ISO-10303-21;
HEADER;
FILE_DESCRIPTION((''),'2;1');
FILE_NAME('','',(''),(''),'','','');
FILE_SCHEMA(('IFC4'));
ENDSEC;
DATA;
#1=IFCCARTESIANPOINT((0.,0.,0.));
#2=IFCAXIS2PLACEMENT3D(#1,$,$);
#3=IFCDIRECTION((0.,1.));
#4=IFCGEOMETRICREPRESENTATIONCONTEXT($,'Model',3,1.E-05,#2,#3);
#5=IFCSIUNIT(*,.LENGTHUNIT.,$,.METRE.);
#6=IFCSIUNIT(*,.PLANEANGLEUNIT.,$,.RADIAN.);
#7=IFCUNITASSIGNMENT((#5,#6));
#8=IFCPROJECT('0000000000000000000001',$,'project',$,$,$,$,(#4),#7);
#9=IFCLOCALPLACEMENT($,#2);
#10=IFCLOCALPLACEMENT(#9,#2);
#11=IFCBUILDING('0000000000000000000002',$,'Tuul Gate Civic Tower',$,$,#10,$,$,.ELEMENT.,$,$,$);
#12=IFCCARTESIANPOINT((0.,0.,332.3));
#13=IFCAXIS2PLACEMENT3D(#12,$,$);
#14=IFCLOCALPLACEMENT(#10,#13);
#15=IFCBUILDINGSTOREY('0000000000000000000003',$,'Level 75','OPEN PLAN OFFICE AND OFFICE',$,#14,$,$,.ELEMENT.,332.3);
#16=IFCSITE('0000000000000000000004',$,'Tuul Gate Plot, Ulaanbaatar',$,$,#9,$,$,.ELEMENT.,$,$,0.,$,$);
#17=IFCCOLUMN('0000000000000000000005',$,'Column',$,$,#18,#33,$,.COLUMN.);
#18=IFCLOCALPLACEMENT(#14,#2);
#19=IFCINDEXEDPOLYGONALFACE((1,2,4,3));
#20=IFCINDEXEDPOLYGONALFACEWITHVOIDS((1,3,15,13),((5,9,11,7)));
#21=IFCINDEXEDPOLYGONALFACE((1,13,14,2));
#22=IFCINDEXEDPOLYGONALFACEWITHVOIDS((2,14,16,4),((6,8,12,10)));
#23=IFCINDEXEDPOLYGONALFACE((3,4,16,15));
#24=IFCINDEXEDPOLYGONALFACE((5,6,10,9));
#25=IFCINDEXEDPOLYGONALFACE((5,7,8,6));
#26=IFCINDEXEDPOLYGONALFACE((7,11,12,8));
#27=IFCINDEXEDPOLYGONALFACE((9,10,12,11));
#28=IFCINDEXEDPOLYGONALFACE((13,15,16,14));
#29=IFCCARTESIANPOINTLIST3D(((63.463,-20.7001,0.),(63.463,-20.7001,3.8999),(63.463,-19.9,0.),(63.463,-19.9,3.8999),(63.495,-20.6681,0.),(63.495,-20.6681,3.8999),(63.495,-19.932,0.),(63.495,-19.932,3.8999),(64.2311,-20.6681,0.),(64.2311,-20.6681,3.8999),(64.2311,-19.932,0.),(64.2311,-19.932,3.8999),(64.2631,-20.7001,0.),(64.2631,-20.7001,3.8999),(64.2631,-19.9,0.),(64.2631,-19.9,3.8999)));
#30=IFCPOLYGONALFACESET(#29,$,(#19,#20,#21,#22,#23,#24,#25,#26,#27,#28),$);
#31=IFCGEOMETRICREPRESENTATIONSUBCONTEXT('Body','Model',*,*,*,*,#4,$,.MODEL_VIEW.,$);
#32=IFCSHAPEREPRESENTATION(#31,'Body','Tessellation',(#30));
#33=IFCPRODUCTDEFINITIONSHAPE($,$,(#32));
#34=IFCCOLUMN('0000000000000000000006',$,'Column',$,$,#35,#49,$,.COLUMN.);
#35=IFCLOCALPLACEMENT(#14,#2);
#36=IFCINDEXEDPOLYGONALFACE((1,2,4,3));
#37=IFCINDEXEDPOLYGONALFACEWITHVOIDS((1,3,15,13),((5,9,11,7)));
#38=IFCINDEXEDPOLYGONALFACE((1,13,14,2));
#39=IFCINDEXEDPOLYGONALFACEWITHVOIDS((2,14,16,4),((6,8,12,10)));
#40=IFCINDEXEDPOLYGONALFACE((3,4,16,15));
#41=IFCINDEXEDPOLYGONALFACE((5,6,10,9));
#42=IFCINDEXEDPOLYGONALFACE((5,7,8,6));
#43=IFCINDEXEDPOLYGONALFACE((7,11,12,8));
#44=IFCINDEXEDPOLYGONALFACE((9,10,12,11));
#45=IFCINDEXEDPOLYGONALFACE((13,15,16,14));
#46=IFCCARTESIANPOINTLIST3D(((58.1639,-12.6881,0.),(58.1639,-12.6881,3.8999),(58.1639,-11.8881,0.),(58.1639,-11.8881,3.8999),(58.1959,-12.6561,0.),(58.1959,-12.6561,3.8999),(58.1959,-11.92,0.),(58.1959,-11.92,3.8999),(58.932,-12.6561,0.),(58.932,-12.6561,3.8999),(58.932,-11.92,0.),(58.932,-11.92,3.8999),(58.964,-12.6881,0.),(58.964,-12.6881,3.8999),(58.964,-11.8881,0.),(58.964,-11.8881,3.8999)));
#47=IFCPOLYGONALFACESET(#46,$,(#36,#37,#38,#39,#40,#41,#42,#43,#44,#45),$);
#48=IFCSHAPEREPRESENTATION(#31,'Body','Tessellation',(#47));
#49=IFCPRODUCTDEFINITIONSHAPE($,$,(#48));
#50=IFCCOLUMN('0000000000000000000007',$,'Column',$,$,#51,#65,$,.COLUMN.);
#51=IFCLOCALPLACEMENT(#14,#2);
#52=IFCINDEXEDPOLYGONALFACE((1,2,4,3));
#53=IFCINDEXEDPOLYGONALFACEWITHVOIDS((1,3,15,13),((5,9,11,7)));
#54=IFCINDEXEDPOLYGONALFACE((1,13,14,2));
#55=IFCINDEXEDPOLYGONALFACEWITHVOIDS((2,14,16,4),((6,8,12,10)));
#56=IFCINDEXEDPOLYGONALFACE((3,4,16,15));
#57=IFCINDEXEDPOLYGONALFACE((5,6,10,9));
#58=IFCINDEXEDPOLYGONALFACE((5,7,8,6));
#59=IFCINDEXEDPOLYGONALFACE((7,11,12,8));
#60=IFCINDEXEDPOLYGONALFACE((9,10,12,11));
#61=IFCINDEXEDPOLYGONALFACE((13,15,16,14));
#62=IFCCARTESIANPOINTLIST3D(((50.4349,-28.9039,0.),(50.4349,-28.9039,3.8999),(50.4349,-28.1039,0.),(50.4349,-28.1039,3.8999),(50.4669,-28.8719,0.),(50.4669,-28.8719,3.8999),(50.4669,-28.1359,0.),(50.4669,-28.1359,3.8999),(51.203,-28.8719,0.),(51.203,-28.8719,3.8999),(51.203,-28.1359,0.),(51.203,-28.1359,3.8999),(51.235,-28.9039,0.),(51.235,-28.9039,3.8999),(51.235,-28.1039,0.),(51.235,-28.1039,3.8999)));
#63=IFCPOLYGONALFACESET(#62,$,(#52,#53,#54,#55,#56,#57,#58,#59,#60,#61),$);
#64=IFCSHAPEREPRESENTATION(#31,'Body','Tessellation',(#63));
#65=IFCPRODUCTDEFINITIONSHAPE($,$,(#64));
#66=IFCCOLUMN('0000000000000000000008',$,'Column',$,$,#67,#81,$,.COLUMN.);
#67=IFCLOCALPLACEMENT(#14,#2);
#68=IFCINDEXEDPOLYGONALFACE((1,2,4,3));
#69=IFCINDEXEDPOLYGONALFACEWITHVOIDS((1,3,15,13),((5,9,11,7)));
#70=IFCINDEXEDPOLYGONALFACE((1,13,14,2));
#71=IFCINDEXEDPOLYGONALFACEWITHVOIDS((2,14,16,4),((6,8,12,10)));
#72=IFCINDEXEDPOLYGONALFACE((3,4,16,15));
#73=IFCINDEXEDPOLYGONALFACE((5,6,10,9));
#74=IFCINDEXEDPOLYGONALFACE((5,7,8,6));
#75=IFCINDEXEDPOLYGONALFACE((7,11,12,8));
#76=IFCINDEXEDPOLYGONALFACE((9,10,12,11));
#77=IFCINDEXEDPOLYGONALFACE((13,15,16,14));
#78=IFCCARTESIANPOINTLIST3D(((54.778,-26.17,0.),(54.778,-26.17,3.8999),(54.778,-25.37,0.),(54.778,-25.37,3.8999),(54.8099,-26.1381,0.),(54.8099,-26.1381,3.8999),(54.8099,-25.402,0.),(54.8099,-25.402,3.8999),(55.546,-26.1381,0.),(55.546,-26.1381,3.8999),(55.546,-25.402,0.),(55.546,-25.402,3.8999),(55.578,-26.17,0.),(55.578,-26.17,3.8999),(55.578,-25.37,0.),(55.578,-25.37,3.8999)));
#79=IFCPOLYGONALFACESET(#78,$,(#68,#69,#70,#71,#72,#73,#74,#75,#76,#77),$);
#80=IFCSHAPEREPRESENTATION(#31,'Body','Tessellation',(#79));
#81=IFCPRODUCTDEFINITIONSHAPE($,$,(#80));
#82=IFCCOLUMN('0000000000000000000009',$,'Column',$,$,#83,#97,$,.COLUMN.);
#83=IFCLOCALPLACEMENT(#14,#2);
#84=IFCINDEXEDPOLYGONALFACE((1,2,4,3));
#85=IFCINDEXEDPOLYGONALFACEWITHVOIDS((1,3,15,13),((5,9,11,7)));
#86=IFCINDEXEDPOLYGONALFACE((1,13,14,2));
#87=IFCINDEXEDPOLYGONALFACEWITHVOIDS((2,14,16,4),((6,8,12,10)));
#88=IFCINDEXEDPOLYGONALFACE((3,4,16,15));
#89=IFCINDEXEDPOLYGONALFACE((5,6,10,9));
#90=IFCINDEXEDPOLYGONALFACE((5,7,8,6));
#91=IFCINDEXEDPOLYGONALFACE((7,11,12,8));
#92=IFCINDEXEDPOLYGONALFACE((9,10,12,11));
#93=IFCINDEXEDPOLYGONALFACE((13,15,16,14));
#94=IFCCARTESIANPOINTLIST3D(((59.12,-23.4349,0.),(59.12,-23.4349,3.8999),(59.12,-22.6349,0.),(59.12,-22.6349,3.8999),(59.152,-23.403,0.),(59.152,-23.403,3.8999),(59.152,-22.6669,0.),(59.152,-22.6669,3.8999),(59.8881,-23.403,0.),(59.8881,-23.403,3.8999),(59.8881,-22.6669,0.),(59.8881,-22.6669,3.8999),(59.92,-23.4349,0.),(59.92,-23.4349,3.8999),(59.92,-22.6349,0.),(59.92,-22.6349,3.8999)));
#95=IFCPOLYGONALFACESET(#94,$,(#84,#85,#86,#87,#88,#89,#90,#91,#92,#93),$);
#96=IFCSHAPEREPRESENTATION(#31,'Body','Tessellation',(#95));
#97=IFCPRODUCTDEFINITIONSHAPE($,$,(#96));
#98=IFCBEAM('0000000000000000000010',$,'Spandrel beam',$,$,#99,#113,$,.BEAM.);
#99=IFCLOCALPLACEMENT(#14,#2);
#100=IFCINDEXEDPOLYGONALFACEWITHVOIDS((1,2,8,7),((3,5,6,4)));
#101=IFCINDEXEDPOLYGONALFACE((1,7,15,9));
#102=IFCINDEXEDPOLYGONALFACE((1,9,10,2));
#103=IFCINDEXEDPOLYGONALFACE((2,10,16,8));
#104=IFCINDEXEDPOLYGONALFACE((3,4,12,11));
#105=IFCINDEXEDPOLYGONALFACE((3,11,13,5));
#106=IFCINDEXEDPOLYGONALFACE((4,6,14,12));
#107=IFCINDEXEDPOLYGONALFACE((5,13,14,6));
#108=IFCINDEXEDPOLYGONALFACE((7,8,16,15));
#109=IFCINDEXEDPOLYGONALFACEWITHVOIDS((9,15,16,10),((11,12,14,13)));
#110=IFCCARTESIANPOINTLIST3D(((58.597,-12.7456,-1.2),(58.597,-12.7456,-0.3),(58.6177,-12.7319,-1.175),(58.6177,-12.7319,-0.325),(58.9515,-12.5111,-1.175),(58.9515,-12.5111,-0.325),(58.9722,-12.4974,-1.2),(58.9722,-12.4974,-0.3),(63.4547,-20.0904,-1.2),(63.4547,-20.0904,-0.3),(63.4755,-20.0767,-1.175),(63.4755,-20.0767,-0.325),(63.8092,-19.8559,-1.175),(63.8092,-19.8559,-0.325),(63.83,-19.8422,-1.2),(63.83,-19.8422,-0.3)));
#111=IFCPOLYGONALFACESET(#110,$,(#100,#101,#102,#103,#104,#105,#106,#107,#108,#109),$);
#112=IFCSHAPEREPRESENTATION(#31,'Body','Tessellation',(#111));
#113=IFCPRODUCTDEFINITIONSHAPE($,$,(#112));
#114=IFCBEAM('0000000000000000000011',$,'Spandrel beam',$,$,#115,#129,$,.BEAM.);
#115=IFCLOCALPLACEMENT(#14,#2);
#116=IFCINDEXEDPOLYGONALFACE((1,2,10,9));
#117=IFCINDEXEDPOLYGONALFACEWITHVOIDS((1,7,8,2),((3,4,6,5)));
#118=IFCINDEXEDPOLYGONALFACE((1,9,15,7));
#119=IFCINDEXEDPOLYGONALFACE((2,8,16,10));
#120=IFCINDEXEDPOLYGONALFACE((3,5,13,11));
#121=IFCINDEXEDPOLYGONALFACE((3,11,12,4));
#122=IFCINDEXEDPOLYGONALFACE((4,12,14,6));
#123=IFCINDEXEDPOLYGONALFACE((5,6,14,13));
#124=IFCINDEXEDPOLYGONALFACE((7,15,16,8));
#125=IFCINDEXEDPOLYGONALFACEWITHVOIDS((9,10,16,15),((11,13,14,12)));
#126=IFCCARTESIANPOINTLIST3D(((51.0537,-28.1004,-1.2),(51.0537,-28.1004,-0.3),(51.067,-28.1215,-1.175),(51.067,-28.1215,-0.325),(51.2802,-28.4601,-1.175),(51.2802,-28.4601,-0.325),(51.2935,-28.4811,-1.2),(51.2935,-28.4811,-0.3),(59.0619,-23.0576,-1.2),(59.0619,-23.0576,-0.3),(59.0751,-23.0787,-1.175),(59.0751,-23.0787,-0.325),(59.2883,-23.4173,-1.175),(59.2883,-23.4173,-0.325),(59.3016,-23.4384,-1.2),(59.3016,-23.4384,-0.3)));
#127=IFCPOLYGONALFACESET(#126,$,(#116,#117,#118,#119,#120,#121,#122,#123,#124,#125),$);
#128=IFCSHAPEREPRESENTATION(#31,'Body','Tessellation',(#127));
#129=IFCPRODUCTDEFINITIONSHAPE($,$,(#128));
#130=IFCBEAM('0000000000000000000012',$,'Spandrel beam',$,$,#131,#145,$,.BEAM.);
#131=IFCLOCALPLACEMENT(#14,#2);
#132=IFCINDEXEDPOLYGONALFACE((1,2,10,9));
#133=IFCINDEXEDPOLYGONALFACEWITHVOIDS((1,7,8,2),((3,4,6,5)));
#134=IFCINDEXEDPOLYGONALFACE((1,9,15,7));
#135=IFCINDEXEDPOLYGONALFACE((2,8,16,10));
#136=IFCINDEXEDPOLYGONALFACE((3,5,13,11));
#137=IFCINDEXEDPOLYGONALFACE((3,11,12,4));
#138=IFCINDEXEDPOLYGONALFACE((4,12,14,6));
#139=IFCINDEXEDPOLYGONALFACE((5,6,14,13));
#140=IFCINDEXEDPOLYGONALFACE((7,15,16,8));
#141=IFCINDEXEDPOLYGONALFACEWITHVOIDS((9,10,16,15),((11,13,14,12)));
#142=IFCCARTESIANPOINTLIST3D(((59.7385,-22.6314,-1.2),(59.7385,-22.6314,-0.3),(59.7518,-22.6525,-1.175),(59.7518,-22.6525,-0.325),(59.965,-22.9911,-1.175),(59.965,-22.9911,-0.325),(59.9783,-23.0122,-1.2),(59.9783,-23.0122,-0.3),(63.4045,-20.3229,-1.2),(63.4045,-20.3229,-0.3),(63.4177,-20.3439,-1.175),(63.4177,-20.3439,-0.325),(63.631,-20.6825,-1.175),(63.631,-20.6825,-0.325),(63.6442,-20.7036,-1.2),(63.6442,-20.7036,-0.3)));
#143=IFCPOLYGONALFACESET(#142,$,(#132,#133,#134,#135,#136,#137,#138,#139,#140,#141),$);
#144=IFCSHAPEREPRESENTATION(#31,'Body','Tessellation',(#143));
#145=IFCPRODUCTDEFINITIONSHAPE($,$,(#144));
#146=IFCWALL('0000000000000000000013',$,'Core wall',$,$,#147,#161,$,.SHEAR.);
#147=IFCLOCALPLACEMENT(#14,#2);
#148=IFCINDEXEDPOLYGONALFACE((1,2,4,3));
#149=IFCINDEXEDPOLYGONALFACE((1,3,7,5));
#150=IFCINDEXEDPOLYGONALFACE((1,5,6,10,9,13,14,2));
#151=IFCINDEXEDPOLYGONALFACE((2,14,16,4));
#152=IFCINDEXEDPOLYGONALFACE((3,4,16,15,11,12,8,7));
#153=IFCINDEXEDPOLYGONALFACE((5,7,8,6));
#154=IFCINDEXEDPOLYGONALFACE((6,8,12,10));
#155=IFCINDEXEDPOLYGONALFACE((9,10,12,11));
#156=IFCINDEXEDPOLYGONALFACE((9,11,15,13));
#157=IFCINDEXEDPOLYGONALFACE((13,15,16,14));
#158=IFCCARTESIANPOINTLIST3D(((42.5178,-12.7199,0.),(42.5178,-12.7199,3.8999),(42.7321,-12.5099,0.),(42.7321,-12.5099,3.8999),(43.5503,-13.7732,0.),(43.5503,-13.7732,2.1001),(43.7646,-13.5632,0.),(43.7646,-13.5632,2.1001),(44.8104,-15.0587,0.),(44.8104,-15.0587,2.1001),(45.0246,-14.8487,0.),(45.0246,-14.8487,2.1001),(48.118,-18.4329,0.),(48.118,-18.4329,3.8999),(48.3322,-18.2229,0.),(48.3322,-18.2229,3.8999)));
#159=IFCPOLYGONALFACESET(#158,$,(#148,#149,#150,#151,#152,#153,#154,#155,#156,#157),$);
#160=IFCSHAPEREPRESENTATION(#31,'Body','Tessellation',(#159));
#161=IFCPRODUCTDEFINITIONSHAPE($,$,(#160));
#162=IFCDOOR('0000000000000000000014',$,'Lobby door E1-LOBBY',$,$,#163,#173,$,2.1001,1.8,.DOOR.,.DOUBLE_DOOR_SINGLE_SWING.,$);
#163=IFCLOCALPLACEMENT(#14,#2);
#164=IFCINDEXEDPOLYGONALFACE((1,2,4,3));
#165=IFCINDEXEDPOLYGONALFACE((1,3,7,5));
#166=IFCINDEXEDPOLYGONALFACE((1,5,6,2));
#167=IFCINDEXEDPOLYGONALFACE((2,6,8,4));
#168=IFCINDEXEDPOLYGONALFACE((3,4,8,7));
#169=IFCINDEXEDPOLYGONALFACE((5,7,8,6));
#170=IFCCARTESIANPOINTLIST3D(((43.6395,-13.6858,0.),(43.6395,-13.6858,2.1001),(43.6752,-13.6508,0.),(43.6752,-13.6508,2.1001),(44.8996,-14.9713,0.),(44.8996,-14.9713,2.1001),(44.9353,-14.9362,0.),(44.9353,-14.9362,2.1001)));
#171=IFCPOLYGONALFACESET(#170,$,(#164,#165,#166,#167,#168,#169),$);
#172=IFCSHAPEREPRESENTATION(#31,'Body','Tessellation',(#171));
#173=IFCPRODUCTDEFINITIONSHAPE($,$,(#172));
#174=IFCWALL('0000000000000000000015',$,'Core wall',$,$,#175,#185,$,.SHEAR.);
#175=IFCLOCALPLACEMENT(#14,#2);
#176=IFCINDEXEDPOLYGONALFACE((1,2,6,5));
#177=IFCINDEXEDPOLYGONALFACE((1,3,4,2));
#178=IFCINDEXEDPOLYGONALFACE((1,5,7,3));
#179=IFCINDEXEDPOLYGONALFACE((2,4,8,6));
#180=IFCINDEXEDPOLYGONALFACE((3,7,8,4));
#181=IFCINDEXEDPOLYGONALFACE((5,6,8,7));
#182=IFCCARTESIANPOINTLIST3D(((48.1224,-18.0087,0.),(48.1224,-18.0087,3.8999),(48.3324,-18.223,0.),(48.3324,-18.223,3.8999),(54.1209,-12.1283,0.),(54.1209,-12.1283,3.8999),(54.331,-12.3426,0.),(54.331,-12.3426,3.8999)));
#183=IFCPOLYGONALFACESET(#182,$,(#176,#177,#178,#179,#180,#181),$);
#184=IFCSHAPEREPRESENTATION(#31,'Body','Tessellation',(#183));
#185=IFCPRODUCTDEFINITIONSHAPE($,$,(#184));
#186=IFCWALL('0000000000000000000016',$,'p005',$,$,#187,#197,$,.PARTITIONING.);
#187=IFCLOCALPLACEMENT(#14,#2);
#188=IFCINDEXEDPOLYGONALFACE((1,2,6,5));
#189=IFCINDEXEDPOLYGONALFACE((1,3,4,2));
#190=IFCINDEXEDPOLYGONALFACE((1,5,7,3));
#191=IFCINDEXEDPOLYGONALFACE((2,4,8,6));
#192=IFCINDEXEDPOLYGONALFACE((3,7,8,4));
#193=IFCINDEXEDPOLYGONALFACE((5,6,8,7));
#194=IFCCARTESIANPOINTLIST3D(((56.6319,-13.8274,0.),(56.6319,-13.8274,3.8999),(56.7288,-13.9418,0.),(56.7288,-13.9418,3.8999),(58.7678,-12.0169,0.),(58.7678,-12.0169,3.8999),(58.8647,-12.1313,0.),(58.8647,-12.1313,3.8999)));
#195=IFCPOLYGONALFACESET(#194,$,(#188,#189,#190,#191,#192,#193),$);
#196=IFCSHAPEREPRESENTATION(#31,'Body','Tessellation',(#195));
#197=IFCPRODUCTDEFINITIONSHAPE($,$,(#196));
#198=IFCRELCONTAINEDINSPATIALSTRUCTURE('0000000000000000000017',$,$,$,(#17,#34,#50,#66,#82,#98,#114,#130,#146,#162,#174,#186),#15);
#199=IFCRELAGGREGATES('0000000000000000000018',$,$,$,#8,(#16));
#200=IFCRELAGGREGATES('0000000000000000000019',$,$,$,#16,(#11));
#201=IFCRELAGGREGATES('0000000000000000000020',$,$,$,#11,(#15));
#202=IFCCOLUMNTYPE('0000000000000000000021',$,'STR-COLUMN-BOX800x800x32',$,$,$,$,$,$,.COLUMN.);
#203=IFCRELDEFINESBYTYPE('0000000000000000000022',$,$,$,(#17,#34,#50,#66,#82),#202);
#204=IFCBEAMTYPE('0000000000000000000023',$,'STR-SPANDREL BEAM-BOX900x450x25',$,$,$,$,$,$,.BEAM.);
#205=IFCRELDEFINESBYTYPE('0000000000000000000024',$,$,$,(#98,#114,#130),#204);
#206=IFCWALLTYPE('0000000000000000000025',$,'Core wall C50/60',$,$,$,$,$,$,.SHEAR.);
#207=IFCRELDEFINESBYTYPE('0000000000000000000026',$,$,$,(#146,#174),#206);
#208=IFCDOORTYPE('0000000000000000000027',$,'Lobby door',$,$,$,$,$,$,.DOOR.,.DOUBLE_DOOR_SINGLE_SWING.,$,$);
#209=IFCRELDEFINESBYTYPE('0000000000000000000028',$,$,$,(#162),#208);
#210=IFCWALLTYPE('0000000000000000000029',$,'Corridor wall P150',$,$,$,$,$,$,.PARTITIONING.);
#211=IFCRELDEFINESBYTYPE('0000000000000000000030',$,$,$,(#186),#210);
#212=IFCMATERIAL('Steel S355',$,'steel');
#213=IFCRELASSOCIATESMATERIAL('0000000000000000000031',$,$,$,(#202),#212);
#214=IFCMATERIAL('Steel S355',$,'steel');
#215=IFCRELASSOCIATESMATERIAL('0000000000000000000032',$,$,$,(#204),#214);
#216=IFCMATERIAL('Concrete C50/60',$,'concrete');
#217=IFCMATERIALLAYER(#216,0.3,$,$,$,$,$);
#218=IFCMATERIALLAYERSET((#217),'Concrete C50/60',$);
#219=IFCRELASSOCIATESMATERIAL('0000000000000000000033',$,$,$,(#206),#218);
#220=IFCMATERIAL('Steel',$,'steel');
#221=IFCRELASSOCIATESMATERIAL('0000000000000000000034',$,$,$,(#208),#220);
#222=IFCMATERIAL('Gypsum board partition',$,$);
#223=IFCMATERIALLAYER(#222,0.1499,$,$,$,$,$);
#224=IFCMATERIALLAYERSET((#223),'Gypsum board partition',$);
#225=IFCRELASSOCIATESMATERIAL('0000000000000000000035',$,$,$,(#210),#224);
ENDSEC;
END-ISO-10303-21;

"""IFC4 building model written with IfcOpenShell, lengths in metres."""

from ifc_helpers import new_model, si_unit, direction, frame, frame_2d, origin, origin_2d, place, context, subcontext, project, spatial, rectangle, hollow_rectangle, extrude, material, layer, layer_set, material_profile, profile_set, type_object, element, fill, save


model = new_model("IFC4")

# Units and contexts
model_context = context("Model", 3, precision=1e-05, world=origin(), true_north=direction((0.0, 1.0)))
body_context = subcontext(model_context, "Body", "Model", "MODEL_VIEW")
ifc_project = project(units=[si_unit("LENGTHUNIT", "METRE"), si_unit("PLANEANGLEUNIT", "RADIAN")], contexts=[model_context])

# Site, building, storey
site_placement = place(None, origin())
site = spatial("IfcSite", under=ifc_project, at=site_placement, Name="Tuul Gate Plot, Ulaanbaatar", CompositionType="ELEMENT", RefElevation=0.0)
building_placement = place(site_placement, origin())
building = spatial("IfcBuilding", under=site, at=building_placement, Name="Tuul Gate Civic Tower", CompositionType="ELEMENT")
storey_placement = place(building_placement, frame((0.0, 0.0, 332.3)))
storey = spatial("IfcBuildingStorey", under=building, at=storey_placement, Name="Level 75", Description="OPEN PLAN OFFICE AND OFFICE", CompositionType="ELEMENT", Elevation=332.3)

# Columns
ifc_material_1 = material(Name="Steel S355", Category="steel")
ifc_material_profile_1 = material_profile(ifc_material_1, hollow_rectangle(XDim=0.8, YDim=0.8, WallThickness=0.032, at=origin_2d()), Name="BOX800x800x32")
ifc_profile_set_1 = profile_set([ifc_material_profile_1], Name="Steel S355")
column_type = type_object("IfcColumnType", Name="STR-COLUMN-BOX800x800x32", PredefinedType="COLUMN", material=ifc_profile_set_1)
for number, where, z_axis, x_axis, name in (
    (1, (63.863, -20.3, 0.0), (0.0, 0.0, 1.0), (1.0, 0.0, 0.0), "Column"),
    (2, (58.564, -12.2881, 0.0), (0.0, 0.0, 1.0), (1.0, 0.0, 0.0), "Column"),
    (3, (50.835, -28.5039, 0.0), (0.0, 0.0, 1.0), (1.0, 0.0, 0.0), "Column"),
    (4, (55.178, -25.77, 0.0), (0.0, 0.0, 1.0), (1.0, 0.0, 0.0), "Column"),
    (5, (59.52, -23.0349, 0.0), (0.0, 0.0, 1.0), (1.0, 0.0, 0.0), "Column"),
):
    element("IfcColumn", number, at=place(storey_placement, frame(where, z_axis=z_axis, x_axis=x_axis)), inside=storey, type_object=column_type, Name=name, PredefinedType="COLUMN", context=body_context, shape_type="SweptSolid", body=[
        extrude(hollow_rectangle(XDim=0.8, YDim=0.8, WallThickness=0.032, at=origin_2d()), origin(), (0.0, 0.0, 1.0), 3.8999),
    ])

# Beams
ifc_material_2 = material(Name="Steel S355", Category="steel")
ifc_material_profile_2 = material_profile(ifc_material_2, hollow_rectangle(XDim=0.45, YDim=0.8999, WallThickness=0.0249, at=origin_2d()), Name="BOX900x450x25")
ifc_profile_set_2 = profile_set([ifc_material_profile_2], Name="Steel S355")
beam_type = type_object("IfcBeamType", Name="STR-SPANDREL BEAM-BOX900x450x25", PredefinedType="BEAM", material=ifc_profile_set_2)
beam_1_placement = place(storey_placement, frame((63.6423, -19.9663, -0.75), z_axis=(-0.551645, 0.834079, 0.0), x_axis=(-0.834079, -0.551645, 0.0)))
element("IfcBeam", 6, at=beam_1_placement, inside=storey, type_object=beam_type, Name="Spandrel beam", PredefinedType="BEAM", context=body_context, shape_type="SweptSolid", body=[
    extrude(hollow_rectangle(XDim=0.45, YDim=0.8999, WallThickness=0.0249, at=origin_2d()), origin(), (0.0, 0.0, 1.0), 8.8059),
])
beam_2_placement = place(storey_placement, frame((51.1736, -28.2908, -0.75), z_axis=(0.846204, 0.53286, 0.0), x_axis=(-0.53286, 0.846204, 0.0)))
element("IfcBeam", 7, at=beam_2_placement, inside=storey, type_object=beam_type, Name="Spandrel beam", PredefinedType="BEAM", context=body_context, shape_type="SweptSolid", body=[
    extrude(hollow_rectangle(XDim=0.45, YDim=0.8999, WallThickness=0.0249, at=origin_2d()), origin(), (0.0, 0.0, 1.0), 9.4636),
])
beam_3_placement = place(storey_placement, frame((59.8584, -22.8218, -0.75), z_axis=(0.846195, 0.532873, 0.0), x_axis=(-0.532873, 0.846195, 0.0)))
element("IfcBeam", 8, at=beam_3_placement, inside=storey, type_object=beam_type, Name="Spandrel beam", PredefinedType="BEAM", context=body_context, shape_type="SweptSolid", body=[
    extrude(hollow_rectangle(XDim=0.45, YDim=0.8999, WallThickness=0.0249, at=origin_2d()), origin(), (0.0, 0.0, 1.0), 4.3323),
])

# Wall, opening, door
ifc_material_3 = material(Name="Concrete C50/60", Category="concrete")
ifc_layer_1 = layer(ifc_material_3, 0.3)
ifc_layer_set_1 = layer_set([ifc_layer_1], Name="Concrete C50/60")
wall_type_1 = type_object("IfcWallType", Name="Core wall C50/60", PredefinedType="SHEAR", material=ifc_layer_set_1)
wall_1_placement = place(storey_placement, frame((48.2251, -18.3279, 0.0), z_axis=(0.0, 0.0, 1.0), x_axis=(-0.700022, 0.714121, 0.0)))
wall_1 = element("IfcWall", 9, at=wall_1_placement, inside=storey, type_object=wall_type_1, Name="Core wall", PredefinedType="SHEAR", context=body_context, shape_type="SweptSolid", body=[
    extrude(rectangle(XDim=8.0, YDim=0.3, at=frame_2d((4.0, 0.0))), origin(), (0.0, 0.0, 1.0), 3.8999),
])
opening_1_placement = place(wall_1_placement, frame((4.7251, 0.0, 0.0)))
opening_1 = element("IfcOpeningElement", 10, at=opening_1_placement, cuts=wall_1, PredefinedType="OPENING", context=body_context, shape_type="SweptSolid", body=[
    extrude(rectangle(XDim=1.8, YDim=2.1001, at=frame_2d((0.8999, 1.05))), frame((0.0, 0.1602, 0.0), z_axis=(0.0, -1.0, 0.0), x_axis=(1.0, 0.0, 0.0)), (0.0, 0.0, 1.0), 0.3201),
])
ifc_material_4 = material(Name="Steel", Category="steel")
door_type = type_object("IfcDoorType", Name="Lobby door", OperationType="DOUBLE_DOOR_SINGLE_SWING", PredefinedType="DOOR", material=ifc_material_4)
door_placement = place(opening_1_placement, frame((1.8, 0.0, 0.0), z_axis=(0.0, 0.0, 1.0), x_axis=(-1.0, 0.0, 0.0)))
door = element("IfcDoor", 11, at=door_placement, inside=storey, type_object=door_type, Name="Lobby door E1-LOBBY", OperationType="DOUBLE_DOOR_SINGLE_SWING", OverallHeight=2.1001, OverallWidth=1.8, PredefinedType="DOOR", context=body_context, shape_type="SweptSolid", body=[
    extrude(rectangle(XDim=1.8, YDim=2.1001, at=frame_2d((0.9001, 1.05))), frame((0.0, 0.0249, 0.0), z_axis=(0.0, -1.0, 0.0), x_axis=(1.0, 0.0, 0.0)), (0.0, 0.0, 1.0), 0.05),
])
fill(opening_1, door)

# Walls
wall_2_placement = place(storey_placement, frame((48.2273, -18.116, 0.0), z_axis=(0.0, 0.0, 1.0), x_axis=(0.714105, 0.700038, 0.0)))
element("IfcWall", 12, at=wall_2_placement, inside=storey, type_object=wall_type_1, Name="Core wall", PredefinedType="SHEAR", context=body_context, shape_type="SweptSolid", body=[
    extrude(rectangle(XDim=8.4001, YDim=0.3, at=frame_2d((4.2002, 0.0))), origin(), (0.0, 0.0, 1.0), 3.8999),
])
ifc_material_5 = material(Name="Gypsum board partition")
ifc_layer_2 = layer(ifc_material_5, 0.1499)
ifc_layer_set_2 = layer_set([ifc_layer_2], Name="Gypsum board partition")
wall_type_2 = type_object("IfcWallType", Name="Corridor wall P150", PredefinedType="PARTITIONING", material=ifc_layer_set_2)
wall_3_placement = place(storey_placement, frame((56.6804, -13.8845, 0.0), z_axis=(0.0, 0.0, 1.0), x_axis=(0.762827, 0.646603, 0.0)))
element("IfcWall", 13, at=wall_3_placement, inside=storey, type_object=wall_type_2, Name="p005", PredefinedType="PARTITIONING", context=body_context, shape_type="SweptSolid", body=[
    extrude(rectangle(XDim=2.8, YDim=0.1499, at=frame_2d((1.3999, 0.0))), origin(), (0.0, 0.0, 1.0), 3.8999),
])

save(model, "model.ifc")
